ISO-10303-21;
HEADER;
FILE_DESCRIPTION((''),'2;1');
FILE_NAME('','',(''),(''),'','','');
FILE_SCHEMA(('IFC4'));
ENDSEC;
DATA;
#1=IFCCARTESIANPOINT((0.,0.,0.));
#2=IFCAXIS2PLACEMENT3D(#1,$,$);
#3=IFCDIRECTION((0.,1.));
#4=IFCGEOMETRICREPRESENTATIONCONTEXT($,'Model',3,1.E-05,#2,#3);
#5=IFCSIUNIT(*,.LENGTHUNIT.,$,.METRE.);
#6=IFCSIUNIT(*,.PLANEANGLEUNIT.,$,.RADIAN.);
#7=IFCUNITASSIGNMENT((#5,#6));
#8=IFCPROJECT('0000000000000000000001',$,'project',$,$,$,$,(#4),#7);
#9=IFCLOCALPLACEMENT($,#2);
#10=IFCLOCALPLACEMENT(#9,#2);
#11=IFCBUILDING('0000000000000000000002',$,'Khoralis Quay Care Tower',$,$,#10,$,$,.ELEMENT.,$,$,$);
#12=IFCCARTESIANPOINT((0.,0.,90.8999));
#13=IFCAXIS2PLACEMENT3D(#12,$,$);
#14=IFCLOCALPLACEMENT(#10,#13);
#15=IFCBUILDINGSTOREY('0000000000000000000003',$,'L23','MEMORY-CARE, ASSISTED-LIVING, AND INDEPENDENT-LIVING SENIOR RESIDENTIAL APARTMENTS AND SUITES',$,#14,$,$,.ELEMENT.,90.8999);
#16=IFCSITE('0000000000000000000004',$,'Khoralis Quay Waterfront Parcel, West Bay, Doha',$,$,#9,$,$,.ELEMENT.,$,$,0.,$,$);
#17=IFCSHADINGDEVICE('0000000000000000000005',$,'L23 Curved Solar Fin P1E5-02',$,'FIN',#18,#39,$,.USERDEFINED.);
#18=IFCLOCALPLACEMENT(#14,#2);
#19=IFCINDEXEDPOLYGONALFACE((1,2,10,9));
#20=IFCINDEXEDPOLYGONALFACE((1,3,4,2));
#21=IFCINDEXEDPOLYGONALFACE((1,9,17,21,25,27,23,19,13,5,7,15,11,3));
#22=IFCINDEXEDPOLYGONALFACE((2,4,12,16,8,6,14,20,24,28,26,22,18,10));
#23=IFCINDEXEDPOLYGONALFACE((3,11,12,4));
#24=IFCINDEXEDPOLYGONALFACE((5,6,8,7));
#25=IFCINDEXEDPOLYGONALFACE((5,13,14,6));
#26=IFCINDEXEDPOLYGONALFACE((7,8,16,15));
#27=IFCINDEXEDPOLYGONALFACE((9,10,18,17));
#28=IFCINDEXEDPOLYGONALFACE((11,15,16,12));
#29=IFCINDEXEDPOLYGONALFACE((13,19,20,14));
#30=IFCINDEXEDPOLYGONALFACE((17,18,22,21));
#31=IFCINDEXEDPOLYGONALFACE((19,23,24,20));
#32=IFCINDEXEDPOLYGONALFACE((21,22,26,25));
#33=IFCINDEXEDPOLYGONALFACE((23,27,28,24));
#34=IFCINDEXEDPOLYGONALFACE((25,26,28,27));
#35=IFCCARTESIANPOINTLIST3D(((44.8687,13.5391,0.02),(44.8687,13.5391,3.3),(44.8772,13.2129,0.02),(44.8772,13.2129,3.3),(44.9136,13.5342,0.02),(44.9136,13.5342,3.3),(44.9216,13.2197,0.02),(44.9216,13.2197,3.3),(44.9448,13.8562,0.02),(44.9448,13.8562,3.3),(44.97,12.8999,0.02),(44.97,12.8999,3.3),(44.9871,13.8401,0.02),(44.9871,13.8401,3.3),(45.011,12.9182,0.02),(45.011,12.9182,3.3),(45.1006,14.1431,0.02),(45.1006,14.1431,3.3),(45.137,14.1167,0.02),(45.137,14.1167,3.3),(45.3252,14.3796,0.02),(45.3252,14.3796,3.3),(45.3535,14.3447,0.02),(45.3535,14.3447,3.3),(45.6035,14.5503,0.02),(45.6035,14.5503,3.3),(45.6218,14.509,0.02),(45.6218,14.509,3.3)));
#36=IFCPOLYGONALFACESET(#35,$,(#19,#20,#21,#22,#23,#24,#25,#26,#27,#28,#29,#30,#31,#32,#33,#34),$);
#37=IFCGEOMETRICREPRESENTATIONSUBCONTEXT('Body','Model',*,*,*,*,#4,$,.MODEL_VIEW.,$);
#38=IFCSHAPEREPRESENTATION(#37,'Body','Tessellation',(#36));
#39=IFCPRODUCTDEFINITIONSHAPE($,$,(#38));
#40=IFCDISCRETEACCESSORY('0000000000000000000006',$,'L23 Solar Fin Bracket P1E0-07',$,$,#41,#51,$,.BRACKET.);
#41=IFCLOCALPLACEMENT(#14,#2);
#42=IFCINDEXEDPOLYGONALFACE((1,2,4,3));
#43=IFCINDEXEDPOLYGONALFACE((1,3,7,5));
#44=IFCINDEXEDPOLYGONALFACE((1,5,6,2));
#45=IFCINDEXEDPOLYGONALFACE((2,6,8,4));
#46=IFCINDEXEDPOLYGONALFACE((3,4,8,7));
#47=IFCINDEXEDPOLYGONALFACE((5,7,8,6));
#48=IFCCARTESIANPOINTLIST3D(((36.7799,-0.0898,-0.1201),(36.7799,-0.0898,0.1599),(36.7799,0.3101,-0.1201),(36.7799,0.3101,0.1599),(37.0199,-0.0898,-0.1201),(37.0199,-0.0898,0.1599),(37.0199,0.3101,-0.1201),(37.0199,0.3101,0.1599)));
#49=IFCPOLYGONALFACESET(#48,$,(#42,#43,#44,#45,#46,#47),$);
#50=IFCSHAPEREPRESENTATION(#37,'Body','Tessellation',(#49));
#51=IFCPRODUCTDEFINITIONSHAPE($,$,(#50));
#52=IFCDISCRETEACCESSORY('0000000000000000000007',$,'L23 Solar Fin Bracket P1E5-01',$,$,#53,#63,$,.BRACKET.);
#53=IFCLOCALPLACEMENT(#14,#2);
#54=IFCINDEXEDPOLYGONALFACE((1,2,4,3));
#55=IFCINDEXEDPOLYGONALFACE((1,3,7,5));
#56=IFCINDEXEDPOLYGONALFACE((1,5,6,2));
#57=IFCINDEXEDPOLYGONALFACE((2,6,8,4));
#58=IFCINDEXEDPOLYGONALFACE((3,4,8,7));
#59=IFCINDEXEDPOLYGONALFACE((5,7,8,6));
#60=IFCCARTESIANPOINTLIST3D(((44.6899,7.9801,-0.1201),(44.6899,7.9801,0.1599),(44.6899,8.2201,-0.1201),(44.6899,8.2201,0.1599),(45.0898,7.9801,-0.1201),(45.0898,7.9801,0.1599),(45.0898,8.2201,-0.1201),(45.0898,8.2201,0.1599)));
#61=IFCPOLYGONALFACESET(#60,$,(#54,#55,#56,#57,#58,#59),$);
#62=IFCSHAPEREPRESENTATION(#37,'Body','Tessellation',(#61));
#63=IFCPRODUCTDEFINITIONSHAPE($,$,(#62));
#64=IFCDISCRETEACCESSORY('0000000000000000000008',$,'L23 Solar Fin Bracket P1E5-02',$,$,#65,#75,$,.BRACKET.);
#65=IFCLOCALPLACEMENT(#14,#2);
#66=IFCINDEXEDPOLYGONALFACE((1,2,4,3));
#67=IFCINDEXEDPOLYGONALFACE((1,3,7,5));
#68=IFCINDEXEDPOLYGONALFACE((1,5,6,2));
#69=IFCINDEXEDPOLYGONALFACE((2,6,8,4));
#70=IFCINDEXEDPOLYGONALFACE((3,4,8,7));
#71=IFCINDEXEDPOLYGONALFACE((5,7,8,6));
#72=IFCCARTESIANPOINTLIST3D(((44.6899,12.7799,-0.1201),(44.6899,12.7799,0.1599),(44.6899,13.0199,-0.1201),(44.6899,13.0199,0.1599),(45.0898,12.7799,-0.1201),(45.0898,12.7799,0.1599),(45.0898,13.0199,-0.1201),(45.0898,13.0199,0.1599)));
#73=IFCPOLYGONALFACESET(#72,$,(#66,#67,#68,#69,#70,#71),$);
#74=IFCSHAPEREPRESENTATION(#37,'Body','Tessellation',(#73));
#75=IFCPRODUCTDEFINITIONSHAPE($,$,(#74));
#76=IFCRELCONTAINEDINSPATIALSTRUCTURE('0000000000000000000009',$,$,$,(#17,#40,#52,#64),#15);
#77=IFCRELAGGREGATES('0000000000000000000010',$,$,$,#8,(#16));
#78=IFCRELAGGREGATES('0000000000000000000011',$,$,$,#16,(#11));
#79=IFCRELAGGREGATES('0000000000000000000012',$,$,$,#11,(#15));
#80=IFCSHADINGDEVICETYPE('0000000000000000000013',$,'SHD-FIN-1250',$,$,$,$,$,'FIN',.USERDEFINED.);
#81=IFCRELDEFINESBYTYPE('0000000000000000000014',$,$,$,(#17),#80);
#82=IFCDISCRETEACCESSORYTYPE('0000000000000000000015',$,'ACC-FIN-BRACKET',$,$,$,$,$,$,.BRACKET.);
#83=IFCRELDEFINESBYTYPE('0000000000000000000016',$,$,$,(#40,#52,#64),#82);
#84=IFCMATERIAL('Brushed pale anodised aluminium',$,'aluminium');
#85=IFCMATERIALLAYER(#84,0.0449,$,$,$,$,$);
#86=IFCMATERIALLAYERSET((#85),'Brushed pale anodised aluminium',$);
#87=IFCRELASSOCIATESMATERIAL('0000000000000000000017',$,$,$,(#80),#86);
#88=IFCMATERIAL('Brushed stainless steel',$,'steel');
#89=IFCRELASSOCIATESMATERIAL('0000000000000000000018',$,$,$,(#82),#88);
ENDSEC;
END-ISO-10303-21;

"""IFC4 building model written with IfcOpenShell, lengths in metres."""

from ifc_helpers import new_model, si_unit, direction, frame, origin, origin_2d, place, context, subcontext, project, spatial, polyline, rectangle, outline, extrude, source, transform, mapped, material, layer, layer_set, type_object, element, save


model = new_model("IFC4")

# Units and contexts
model_context = context("Model", 3, precision=1e-05, world=origin(), true_north=direction((0.0, 1.0)))
body_context = subcontext(model_context, "Body", "Model", "MODEL_VIEW")
ifc_project = project(units=[si_unit("LENGTHUNIT", "METRE"), si_unit("PLANEANGLEUNIT", "RADIAN")], contexts=[model_context])

# Site, building, storey
site_placement = place(None, origin())
site = spatial("IfcSite", under=ifc_project, at=site_placement, Name="Khoralis Quay Waterfront Parcel, West Bay, Doha", CompositionType="ELEMENT", RefElevation=0.0)
building_placement = place(site_placement, origin())
building = spatial("IfcBuilding", under=site, at=building_placement, Name="Khoralis Quay Care Tower", CompositionType="ELEMENT")
storey_placement = place(building_placement, frame((0.0, 0.0, 90.8999)))
storey = spatial("IfcBuildingStorey", under=building, at=storey_placement, Name="L23", Description="MEMORY-CARE, ASSISTED-LIVING, AND INDEPENDENT-LIVING SENIOR RESIDENTIAL APARTMENTS AND SUITES", CompositionType="ELEMENT", Elevation=90.8999)

# Shading device
ifc_material_1 = material(Name="Brushed pale anodised aluminium", Category="aluminium")
ifc_layer_1 = layer(ifc_material_1, 0.0449)
ifc_layer_set_1 = layer_set([ifc_layer_1], Name="Brushed pale anodised aluminium")
shading_device_type = type_object("IfcShadingDeviceType", Name="SHD-FIN-1250", ElementType="FIN", PredefinedType="USERDEFINED", material=ifc_layer_set_1)
shared_shape_1 = source(origin(), body_context, "Body", "SweptSolid", [
    extrude(outline(polyline([(0.0, 0.0), (-0.0928, 0.313), (-0.1013, 0.6392), (-0.0251, 0.9563), (0.1306, 1.2432), (0.3552, 1.4797), (0.6335, 1.6504), (0.6519, 1.6091), (0.3835, 1.4448), (0.167, 1.2168), (0.0171, 0.9402), (-0.0564, 0.6343), (-0.0483, 0.3198), (0.041, 0.0183), (0.0, 0.0)])), origin(), (0.0, 0.0, 1.0), 3.28),
])
for number, where, z_axis, x_axis, name in (
    (1, (44.97, 12.8999, 0.02), (0.0, 0.0, 1.0), (1.0, 0.0, 0.0), "L23 Curved Solar Fin P1E5-02"),
):
    element("IfcShadingDevice", number, at=place(storey_placement, frame(where, z_axis=z_axis, x_axis=x_axis)), inside=storey, type_object=shading_device_type, Name=name, ObjectType="FIN", PredefinedType="USERDEFINED", context=body_context, shape_type="MappedRepresentation", body=[
        mapped(shared_shape_1, transform((0.0, 0.0, 0.0), scale=1.0)),
    ])

# Discrete accessories
ifc_material_2 = material(Name="Brushed stainless steel", Category="steel")
discrete_accessory_type = type_object("IfcDiscreteAccessoryType", Name="ACC-FIN-BRACKET", PredefinedType="BRACKET", material=ifc_material_2)
shared_shape_2 = source(origin(), body_context, "Body", "SweptSolid", [
    extrude(rectangle(XDim=0.3999, YDim=0.24, at=origin_2d()), origin(), (0.0, 0.0, 1.0), 0.28),
])
for number, where, z_axis, x_axis, name in (
    (2, (36.8999, 0.1101, -0.1201), (0.0, 0.0, 1.0), (0.0, -1.0, 0.0), "L23 Solar Fin Bracket P1E0-07"),
    (3, (44.8899, 8.1001, -0.1201), (0.0, 0.0, 1.0), (1.0, 0.0, 0.0), "L23 Solar Fin Bracket P1E5-01"),
    (4, (44.8899, 12.8999, -0.1201), (0.0, 0.0, 1.0), (1.0, 0.0, 0.0), "L23 Solar Fin Bracket P1E5-02"),
):
    element("IfcDiscreteAccessory", number, at=place(storey_placement, frame(where, z_axis=z_axis, x_axis=x_axis)), inside=storey, type_object=discrete_accessory_type, Name=name, PredefinedType="BRACKET", context=body_context, shape_type="MappedRepresentation", body=[
        mapped(shared_shape_2, transform((0.0, 0.0, 0.0), scale=1.0)),
    ])

save(model, "model.ifc")
